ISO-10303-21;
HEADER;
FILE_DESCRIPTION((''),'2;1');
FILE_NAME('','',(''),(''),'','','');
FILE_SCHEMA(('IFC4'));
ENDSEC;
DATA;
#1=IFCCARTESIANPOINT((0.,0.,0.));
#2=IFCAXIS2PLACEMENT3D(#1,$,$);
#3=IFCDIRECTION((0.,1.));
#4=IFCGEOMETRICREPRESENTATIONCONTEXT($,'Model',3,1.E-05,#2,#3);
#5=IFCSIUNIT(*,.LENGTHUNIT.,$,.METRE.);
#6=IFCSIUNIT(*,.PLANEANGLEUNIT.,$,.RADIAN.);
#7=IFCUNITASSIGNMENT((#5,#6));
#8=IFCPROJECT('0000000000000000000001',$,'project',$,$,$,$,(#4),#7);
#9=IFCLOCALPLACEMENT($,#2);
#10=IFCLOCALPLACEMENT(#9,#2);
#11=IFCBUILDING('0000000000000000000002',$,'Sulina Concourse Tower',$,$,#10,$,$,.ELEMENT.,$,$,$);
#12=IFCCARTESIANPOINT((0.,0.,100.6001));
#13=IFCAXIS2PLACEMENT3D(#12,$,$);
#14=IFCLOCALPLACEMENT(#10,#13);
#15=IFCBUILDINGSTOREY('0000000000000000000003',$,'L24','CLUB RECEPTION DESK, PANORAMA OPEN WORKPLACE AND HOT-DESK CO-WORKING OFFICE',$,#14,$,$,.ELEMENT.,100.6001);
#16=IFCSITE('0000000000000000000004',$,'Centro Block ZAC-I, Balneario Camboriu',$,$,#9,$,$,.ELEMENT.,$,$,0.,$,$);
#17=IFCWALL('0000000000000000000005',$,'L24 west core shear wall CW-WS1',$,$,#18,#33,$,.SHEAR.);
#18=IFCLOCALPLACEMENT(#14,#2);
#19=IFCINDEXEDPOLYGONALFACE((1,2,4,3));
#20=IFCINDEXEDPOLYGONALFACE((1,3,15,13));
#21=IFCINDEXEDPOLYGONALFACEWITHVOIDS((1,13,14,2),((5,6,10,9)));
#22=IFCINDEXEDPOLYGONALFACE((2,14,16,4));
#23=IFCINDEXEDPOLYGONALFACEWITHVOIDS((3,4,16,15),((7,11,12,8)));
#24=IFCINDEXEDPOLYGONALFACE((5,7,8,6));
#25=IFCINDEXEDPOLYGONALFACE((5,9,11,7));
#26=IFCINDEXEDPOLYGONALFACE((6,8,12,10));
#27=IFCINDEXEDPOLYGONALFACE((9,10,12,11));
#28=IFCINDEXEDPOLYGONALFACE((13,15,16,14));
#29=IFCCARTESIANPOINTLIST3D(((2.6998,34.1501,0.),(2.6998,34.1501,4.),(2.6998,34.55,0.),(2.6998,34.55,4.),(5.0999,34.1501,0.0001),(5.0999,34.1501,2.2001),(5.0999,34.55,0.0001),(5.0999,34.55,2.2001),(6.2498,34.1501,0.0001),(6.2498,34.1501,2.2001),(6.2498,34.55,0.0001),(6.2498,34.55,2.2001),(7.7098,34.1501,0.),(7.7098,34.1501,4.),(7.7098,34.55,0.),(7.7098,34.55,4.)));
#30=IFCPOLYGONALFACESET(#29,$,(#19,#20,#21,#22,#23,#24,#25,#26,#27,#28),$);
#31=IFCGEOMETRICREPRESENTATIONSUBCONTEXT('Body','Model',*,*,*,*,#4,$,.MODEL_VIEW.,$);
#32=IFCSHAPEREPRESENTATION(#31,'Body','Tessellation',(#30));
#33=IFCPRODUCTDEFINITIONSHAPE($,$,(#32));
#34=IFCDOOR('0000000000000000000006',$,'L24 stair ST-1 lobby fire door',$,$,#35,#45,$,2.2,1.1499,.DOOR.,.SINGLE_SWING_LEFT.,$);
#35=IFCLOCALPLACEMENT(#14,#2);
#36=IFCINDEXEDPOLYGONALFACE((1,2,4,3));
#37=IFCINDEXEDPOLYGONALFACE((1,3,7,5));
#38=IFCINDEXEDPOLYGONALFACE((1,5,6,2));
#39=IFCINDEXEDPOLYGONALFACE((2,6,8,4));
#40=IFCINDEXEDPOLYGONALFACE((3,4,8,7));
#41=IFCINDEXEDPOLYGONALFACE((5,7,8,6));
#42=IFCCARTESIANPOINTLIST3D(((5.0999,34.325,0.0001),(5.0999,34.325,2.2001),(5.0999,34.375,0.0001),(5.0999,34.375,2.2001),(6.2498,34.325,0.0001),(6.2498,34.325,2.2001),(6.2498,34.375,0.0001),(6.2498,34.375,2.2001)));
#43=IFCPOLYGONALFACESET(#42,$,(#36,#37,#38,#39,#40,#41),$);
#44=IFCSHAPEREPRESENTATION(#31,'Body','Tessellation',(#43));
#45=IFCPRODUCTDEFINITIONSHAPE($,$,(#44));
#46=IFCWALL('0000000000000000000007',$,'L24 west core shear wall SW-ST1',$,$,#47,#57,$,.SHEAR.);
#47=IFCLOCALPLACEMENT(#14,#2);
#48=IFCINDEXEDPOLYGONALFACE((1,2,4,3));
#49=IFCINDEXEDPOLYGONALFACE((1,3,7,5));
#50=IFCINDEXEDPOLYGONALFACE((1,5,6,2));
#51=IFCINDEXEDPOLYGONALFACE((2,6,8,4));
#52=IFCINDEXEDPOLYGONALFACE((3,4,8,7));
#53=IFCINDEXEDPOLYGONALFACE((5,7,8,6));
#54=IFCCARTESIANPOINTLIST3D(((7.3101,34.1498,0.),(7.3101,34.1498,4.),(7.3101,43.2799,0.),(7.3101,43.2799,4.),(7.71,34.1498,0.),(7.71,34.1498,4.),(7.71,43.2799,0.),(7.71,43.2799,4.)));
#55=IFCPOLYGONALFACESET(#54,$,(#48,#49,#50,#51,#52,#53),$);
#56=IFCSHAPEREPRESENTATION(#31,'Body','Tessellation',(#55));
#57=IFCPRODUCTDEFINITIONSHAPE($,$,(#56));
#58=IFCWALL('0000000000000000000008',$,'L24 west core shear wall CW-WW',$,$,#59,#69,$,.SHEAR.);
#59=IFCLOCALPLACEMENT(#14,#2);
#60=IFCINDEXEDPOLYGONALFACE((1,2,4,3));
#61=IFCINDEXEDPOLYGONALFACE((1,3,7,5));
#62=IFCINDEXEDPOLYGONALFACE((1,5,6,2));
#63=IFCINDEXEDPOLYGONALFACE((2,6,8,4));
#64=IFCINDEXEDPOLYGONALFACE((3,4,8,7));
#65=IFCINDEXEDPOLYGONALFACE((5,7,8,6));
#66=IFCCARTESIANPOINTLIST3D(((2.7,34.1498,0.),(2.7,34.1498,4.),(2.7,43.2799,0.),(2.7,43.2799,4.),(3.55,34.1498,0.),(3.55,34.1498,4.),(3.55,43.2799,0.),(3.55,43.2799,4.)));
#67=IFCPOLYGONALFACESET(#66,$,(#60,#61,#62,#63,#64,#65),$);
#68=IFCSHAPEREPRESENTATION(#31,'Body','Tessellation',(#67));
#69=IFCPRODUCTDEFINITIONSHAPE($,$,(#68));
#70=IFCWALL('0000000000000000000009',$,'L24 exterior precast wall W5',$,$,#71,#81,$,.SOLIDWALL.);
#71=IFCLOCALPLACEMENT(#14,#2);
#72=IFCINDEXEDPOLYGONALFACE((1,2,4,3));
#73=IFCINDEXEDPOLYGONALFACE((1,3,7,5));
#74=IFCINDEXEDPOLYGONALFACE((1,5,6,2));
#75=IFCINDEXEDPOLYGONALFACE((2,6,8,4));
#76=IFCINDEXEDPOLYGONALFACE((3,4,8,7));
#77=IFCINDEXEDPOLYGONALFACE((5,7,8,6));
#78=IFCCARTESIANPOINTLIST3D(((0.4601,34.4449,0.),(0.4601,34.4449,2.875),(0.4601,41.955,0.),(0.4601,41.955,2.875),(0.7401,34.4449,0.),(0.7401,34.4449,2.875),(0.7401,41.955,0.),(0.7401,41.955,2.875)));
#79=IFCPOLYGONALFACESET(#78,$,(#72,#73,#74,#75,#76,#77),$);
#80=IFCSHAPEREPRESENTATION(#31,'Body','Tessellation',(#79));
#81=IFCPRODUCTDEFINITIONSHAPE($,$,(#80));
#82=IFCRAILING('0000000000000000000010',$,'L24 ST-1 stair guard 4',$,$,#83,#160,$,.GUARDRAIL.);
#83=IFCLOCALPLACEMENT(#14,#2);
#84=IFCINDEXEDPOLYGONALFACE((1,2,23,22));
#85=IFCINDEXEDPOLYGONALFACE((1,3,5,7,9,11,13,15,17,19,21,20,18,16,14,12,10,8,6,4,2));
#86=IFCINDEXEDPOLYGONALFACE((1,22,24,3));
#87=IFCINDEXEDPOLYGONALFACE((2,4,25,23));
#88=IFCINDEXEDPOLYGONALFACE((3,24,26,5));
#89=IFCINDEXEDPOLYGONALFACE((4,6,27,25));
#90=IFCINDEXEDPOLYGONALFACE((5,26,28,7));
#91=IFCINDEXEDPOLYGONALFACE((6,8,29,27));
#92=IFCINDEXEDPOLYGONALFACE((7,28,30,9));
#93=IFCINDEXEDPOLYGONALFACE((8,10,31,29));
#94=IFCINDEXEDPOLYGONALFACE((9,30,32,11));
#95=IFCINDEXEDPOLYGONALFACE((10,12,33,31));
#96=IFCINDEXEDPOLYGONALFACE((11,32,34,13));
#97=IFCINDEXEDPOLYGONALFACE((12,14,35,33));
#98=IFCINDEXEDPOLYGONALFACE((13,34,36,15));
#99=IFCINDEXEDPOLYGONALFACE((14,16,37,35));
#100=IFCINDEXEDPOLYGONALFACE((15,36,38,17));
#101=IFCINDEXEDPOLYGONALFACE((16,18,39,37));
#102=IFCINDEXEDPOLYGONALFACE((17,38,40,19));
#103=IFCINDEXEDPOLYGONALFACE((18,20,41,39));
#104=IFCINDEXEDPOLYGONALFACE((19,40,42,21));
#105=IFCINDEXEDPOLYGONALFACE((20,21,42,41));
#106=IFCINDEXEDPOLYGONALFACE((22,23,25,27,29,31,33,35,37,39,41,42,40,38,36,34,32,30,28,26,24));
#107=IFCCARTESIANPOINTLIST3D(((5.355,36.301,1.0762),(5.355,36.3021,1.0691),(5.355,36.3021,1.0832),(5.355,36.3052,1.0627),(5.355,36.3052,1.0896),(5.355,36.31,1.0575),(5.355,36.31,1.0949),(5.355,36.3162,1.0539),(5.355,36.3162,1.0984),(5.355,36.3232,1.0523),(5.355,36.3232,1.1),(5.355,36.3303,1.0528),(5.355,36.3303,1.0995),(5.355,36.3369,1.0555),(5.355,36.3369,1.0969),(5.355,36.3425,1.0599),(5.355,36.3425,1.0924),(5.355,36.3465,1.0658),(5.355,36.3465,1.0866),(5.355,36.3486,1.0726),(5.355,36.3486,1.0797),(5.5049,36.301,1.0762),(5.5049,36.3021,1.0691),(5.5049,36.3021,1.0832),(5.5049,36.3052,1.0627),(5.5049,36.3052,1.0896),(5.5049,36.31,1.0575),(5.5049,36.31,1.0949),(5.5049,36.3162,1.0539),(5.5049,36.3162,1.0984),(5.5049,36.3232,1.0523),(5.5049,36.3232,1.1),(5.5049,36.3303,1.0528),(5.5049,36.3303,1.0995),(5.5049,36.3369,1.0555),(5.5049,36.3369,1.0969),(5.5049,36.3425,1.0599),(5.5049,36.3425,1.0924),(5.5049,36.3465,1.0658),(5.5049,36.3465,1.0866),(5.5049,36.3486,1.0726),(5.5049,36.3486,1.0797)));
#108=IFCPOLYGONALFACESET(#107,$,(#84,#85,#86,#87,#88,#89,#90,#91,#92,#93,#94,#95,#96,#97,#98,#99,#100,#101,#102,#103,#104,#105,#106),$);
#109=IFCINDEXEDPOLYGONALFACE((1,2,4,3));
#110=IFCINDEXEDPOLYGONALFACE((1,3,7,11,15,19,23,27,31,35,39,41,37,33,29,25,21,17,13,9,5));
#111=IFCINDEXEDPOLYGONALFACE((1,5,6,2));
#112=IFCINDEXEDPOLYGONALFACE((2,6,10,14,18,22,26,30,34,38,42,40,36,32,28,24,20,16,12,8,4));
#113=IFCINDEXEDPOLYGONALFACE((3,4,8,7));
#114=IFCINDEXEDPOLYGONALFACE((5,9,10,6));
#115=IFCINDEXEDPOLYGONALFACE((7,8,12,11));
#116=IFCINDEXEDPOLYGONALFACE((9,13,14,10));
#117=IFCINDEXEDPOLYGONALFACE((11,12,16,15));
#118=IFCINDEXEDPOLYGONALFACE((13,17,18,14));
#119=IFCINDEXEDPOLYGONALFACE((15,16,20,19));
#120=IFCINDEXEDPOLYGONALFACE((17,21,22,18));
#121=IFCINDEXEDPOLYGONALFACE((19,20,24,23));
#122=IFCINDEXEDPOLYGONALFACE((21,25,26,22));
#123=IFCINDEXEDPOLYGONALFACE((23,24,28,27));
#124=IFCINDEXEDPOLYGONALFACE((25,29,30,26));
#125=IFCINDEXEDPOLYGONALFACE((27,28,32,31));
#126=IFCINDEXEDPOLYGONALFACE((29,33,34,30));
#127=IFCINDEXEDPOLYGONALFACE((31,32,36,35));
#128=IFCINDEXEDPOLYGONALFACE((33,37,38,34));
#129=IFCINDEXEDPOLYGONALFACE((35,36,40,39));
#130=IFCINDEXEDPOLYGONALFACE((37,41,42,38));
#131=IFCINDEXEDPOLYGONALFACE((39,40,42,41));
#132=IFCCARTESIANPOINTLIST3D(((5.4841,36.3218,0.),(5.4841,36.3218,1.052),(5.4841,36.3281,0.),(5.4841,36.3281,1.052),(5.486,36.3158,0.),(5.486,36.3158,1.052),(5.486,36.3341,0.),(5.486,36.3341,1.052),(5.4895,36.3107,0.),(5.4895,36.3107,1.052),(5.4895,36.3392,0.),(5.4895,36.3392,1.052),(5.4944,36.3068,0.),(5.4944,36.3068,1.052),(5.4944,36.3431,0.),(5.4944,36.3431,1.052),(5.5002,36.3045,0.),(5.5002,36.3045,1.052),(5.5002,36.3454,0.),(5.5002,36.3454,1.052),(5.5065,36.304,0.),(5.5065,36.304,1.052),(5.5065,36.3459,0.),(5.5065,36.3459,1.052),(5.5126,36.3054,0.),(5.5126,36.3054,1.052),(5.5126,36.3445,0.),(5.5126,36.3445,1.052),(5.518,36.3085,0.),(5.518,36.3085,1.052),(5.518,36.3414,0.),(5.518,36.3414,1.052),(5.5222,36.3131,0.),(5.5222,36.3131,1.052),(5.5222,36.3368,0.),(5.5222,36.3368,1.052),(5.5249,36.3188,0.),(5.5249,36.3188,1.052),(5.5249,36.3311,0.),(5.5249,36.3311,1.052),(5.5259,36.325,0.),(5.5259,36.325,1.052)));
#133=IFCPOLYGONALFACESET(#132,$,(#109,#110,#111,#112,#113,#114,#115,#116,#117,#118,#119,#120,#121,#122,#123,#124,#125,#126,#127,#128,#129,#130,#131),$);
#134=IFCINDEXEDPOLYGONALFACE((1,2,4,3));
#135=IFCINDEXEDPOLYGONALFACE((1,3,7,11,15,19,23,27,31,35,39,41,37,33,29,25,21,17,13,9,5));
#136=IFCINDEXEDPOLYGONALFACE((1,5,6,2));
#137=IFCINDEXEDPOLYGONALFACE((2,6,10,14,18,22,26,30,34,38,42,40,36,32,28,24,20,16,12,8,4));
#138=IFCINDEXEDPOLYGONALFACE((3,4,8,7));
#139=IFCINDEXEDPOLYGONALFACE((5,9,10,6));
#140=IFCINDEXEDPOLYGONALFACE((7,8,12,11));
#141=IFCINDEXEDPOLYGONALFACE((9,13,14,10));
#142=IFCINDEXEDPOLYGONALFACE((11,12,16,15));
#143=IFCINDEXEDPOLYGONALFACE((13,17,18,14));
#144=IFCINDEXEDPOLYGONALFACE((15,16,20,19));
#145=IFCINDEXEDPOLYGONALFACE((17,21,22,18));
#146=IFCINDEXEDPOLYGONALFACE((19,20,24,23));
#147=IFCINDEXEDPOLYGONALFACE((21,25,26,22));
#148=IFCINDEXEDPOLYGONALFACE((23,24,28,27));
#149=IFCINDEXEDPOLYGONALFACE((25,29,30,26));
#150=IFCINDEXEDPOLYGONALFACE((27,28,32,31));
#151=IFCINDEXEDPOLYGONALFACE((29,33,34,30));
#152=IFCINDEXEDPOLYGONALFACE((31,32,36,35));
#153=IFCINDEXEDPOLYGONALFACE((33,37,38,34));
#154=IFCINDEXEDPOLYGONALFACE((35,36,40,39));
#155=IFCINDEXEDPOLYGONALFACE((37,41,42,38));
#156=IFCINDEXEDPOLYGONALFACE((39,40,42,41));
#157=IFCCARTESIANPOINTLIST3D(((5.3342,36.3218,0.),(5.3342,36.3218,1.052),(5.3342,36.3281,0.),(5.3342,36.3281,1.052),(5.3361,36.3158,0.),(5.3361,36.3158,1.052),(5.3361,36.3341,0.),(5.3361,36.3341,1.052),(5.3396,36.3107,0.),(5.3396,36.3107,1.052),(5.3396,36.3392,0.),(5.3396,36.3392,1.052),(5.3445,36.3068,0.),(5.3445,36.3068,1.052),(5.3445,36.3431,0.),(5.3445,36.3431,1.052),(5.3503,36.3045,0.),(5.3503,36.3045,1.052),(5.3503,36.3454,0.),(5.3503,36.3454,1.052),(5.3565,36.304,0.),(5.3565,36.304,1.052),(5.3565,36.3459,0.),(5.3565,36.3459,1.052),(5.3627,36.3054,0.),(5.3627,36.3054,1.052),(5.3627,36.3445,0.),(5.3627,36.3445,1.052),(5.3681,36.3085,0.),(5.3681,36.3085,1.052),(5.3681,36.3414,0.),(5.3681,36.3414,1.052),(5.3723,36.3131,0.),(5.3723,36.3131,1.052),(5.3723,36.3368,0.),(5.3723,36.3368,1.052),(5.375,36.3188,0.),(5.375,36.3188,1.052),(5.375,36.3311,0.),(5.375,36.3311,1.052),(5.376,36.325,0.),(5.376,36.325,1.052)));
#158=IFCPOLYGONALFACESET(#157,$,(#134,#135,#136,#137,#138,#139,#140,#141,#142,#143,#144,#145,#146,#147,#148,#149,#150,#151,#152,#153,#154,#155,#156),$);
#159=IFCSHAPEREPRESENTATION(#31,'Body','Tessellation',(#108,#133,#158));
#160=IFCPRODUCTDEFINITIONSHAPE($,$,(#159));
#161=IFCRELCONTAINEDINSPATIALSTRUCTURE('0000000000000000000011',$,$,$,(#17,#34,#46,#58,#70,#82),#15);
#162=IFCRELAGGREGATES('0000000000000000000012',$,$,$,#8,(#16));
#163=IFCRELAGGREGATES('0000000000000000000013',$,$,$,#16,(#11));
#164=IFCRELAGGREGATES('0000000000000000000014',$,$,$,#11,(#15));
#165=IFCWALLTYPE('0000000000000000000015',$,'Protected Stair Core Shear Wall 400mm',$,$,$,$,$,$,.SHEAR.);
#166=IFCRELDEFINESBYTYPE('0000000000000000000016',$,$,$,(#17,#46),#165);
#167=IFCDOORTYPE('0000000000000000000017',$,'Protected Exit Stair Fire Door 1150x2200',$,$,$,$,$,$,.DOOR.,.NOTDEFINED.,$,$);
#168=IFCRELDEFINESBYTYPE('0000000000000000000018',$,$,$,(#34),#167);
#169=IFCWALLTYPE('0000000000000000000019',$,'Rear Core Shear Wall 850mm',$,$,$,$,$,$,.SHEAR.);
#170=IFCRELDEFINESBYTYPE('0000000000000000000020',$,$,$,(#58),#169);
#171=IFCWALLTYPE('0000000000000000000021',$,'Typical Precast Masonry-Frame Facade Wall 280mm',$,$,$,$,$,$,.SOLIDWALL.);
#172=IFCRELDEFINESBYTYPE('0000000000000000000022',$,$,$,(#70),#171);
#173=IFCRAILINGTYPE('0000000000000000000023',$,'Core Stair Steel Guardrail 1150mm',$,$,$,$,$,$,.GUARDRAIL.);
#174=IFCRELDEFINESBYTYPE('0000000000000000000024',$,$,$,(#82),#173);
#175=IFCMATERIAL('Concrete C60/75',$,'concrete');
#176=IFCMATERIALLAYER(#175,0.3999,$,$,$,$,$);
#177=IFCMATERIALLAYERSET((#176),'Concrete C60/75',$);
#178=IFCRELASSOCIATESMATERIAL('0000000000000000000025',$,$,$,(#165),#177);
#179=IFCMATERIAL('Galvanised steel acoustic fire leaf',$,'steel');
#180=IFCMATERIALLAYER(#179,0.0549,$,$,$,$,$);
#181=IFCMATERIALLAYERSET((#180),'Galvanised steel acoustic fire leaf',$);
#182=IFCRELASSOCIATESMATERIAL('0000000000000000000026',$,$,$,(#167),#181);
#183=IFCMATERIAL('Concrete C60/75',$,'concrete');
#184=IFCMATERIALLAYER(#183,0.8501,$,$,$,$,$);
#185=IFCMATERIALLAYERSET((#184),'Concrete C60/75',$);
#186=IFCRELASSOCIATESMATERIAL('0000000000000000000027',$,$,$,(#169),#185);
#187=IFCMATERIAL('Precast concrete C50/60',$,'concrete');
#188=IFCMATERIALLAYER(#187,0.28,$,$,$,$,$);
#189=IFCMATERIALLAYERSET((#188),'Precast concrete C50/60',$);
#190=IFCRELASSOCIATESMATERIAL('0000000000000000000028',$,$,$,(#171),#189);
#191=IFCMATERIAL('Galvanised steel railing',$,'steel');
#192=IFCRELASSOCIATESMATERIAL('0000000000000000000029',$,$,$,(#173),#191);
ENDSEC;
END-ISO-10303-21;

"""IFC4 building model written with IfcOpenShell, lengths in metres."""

from ifc_helpers import new_model, si_unit, direction, frame, frame_2d, origin, origin_2d, place, context, subcontext, project, spatial, rectangle, circle, extrude, material, layer, layer_set, type_object, element, fill, save


model = new_model("IFC4")

# Units and contexts
model_context = context("Model", 3, precision=1e-05, world=origin(), true_north=direction((0.0, 1.0)))
body_context = subcontext(model_context, "Body", "Model", "MODEL_VIEW")
ifc_project = project(units=[si_unit("LENGTHUNIT", "METRE"), si_unit("PLANEANGLEUNIT", "RADIAN")], contexts=[model_context])

# Site, building, storey
site_placement = place(None, origin())
site = spatial("IfcSite", under=ifc_project, at=site_placement, Name="Centro Block ZAC-I, Balneario Camboriu", CompositionType="ELEMENT", RefElevation=0.0)
building_placement = place(site_placement, origin())
building = spatial("IfcBuilding", under=site, at=building_placement, Name="Sulina Concourse Tower", CompositionType="ELEMENT")
storey_placement = place(building_placement, frame((0.0, 0.0, 100.6001)))
storey = spatial("IfcBuildingStorey", under=building, at=storey_placement, Name="L24", Description="CLUB RECEPTION DESK, PANORAMA OPEN WORKPLACE AND HOT-DESK CO-WORKING OFFICE", CompositionType="ELEMENT", Elevation=100.6001)

# Wall, opening, door
ifc_material_1 = material(Name="Concrete C60/75", Category="concrete")
ifc_layer_1 = layer(ifc_material_1, 0.3999)
ifc_layer_set_1 = layer_set([ifc_layer_1], Name="Concrete C60/75")
wall_type_1 = type_object("IfcWallType", Name="Protected Stair Core Shear Wall 400mm", PredefinedType="SHEAR", material=ifc_layer_set_1)
wall_1_placement = place(storey_placement, frame((2.7, 34.3501, 0.0), z_axis=(0.0, 0.0, 1.0), x_axis=(1.0, 0.0, 0.0)))
wall_1 = element("IfcWall", 1, at=wall_1_placement, inside=storey, type_object=wall_type_1, Name="L24 west core shear wall CW-WS1", PredefinedType="SHEAR", context=body_context, shape_type="SweptSolid", body=[
    extrude(rectangle(XDim=5.01, YDim=0.3999, at=frame_2d((2.5049, 0.0))), origin(), (0.0, 0.0, 1.0), 4.0),
])
opening_placement = place(wall_1_placement, frame((2.3999, 0.0, 0.0)))
opening = element("IfcOpeningElement", 2, at=opening_placement, cuts=wall_1, PredefinedType="OPENING", context=body_context, shape_type="SweptSolid", body=[
    extrude(rectangle(XDim=1.1499, YDim=2.2, at=frame_2d((0.575, 1.1001))), frame((0.0, 0.21, 0.0), z_axis=(0.0, -1.0, 0.0), x_axis=(1.0, 0.0, 0.0)), (0.0, 0.0, 1.0), 0.4199),
])
ifc_material_2 = material(Name="Galvanised steel acoustic fire leaf", Category="steel")
ifc_layer_2 = layer(ifc_material_2, 0.0549)
ifc_layer_set_2 = layer_set([ifc_layer_2], Name="Galvanised steel acoustic fire leaf")
door_type = type_object("IfcDoorType", Name="Protected Exit Stair Fire Door 1150x2200", OperationType="NOTDEFINED", PredefinedType="DOOR", material=ifc_layer_set_2)
door_placement = place(opening_placement, origin())
door = element("IfcDoor", 3, at=door_placement, inside=storey, type_object=door_type, Name="L24 stair ST-1 lobby fire door", OperationType="SINGLE_SWING_LEFT", OverallHeight=2.2, OverallWidth=1.1499, PredefinedType="DOOR", context=body_context, shape_type="SweptSolid", body=[
    extrude(rectangle(XDim=1.1499, YDim=2.2, at=frame_2d((0.575, 1.1001))), frame((0.0, 0.0249, 0.0), z_axis=(0.0, -1.0, 0.0), x_axis=(1.0, 0.0, 0.0)), (0.0, 0.0, 1.0), 0.05),
])
fill(opening, door)

# Walls
wall_2_placement = place(storey_placement, frame((7.51, 34.1499, 0.0), z_axis=(0.0, 0.0, 1.0), x_axis=(0.0, 1.0, 0.0)))
element("IfcWall", 4, at=wall_2_placement, inside=storey, type_object=wall_type_1, Name="L24 west core shear wall SW-ST1", PredefinedType="SHEAR", context=body_context, shape_type="SweptSolid", body=[
    extrude(rectangle(XDim=9.1301, YDim=0.3999, at=frame_2d((4.5649, 0.0))), origin(), (0.0, 0.0, 1.0), 4.0),
])
ifc_material_3 = material(Name="Concrete C60/75", Category="concrete")
ifc_layer_3 = layer(ifc_material_3, 0.8501)
ifc_layer_set_3 = layer_set([ifc_layer_3], Name="Concrete C60/75")
wall_type_2 = type_object("IfcWallType", Name="Rear Core Shear Wall 850mm", PredefinedType="SHEAR", material=ifc_layer_set_3)
wall_3_placement = place(storey_placement, frame((3.125, 34.1499, 0.0), z_axis=(0.0, 0.0, 1.0), x_axis=(0.0, 1.0, 0.0)))
element("IfcWall", 5, at=wall_3_placement, inside=storey, type_object=wall_type_2, Name="L24 west core shear wall CW-WW", PredefinedType="SHEAR", context=body_context, shape_type="SweptSolid", body=[
    extrude(rectangle(XDim=9.1301, YDim=0.8501, at=frame_2d((4.5649, 0.0))), origin(), (0.0, 0.0, 1.0), 4.0),
])
ifc_material_4 = material(Name="Precast concrete C50/60", Category="concrete")
ifc_layer_4 = layer(ifc_material_4, 0.28)
ifc_layer_set_4 = layer_set([ifc_layer_4], Name="Precast concrete C50/60")
wall_type_3 = type_object("IfcWallType", Name="Typical Precast Masonry-Frame Facade Wall 280mm", PredefinedType="SOLIDWALL", material=ifc_layer_set_4)
wall_4_placement = place(storey_placement, frame((0.6001, 34.4451, 0.0), z_axis=(0.0, 0.0, 1.0), x_axis=(0.0, 1.0, 0.0)))
element("IfcWall", 6, at=wall_4_placement, inside=storey, type_object=wall_type_3, Name="L24 exterior precast wall W5", PredefinedType="SOLIDWALL", context=body_context, shape_type="SweptSolid", body=[
    extrude(rectangle(XDim=7.51, YDim=0.28, at=frame_2d((3.7549, 0.0))), origin(), (0.0, 0.0, 1.0), 2.875),
])

# Railing
ifc_material_5 = material(Name="Galvanised steel railing", Category="steel")
railing_type = type_object("IfcRailingType", Name="Core Stair Steel Guardrail 1150mm", PredefinedType="GUARDRAIL", material=ifc_material_5)
railing_placement = place(storey_placement, frame((5.5049, 36.325, 0.0)))
element("IfcRailing", 7, at=railing_placement, inside=storey, type_object=railing_type, Name="L24 ST-1 stair guard 4", PredefinedType="GUARDRAIL", context=body_context, shape_type="SweptSolid", body=[
    extrude(circle(Radius=0.0239, at=origin_2d()), frame((0.0, 0.0, 1.0762), z_axis=(-1.0, 0.0, 0.0), x_axis=(0.0, -1.0, 0.0)), (0.0, 0.0, 1.0), 0.1499),
    extrude(circle(Radius=0.021, at=origin_2d()), origin(), (0.0, 0.0, 1.0), 1.052),
    extrude(circle(Radius=0.021, at=origin_2d()), frame((-0.1499, 0.0, 0.0)), (0.0, 0.0, 1.0), 1.052),
])

save(model, "model.ifc")
